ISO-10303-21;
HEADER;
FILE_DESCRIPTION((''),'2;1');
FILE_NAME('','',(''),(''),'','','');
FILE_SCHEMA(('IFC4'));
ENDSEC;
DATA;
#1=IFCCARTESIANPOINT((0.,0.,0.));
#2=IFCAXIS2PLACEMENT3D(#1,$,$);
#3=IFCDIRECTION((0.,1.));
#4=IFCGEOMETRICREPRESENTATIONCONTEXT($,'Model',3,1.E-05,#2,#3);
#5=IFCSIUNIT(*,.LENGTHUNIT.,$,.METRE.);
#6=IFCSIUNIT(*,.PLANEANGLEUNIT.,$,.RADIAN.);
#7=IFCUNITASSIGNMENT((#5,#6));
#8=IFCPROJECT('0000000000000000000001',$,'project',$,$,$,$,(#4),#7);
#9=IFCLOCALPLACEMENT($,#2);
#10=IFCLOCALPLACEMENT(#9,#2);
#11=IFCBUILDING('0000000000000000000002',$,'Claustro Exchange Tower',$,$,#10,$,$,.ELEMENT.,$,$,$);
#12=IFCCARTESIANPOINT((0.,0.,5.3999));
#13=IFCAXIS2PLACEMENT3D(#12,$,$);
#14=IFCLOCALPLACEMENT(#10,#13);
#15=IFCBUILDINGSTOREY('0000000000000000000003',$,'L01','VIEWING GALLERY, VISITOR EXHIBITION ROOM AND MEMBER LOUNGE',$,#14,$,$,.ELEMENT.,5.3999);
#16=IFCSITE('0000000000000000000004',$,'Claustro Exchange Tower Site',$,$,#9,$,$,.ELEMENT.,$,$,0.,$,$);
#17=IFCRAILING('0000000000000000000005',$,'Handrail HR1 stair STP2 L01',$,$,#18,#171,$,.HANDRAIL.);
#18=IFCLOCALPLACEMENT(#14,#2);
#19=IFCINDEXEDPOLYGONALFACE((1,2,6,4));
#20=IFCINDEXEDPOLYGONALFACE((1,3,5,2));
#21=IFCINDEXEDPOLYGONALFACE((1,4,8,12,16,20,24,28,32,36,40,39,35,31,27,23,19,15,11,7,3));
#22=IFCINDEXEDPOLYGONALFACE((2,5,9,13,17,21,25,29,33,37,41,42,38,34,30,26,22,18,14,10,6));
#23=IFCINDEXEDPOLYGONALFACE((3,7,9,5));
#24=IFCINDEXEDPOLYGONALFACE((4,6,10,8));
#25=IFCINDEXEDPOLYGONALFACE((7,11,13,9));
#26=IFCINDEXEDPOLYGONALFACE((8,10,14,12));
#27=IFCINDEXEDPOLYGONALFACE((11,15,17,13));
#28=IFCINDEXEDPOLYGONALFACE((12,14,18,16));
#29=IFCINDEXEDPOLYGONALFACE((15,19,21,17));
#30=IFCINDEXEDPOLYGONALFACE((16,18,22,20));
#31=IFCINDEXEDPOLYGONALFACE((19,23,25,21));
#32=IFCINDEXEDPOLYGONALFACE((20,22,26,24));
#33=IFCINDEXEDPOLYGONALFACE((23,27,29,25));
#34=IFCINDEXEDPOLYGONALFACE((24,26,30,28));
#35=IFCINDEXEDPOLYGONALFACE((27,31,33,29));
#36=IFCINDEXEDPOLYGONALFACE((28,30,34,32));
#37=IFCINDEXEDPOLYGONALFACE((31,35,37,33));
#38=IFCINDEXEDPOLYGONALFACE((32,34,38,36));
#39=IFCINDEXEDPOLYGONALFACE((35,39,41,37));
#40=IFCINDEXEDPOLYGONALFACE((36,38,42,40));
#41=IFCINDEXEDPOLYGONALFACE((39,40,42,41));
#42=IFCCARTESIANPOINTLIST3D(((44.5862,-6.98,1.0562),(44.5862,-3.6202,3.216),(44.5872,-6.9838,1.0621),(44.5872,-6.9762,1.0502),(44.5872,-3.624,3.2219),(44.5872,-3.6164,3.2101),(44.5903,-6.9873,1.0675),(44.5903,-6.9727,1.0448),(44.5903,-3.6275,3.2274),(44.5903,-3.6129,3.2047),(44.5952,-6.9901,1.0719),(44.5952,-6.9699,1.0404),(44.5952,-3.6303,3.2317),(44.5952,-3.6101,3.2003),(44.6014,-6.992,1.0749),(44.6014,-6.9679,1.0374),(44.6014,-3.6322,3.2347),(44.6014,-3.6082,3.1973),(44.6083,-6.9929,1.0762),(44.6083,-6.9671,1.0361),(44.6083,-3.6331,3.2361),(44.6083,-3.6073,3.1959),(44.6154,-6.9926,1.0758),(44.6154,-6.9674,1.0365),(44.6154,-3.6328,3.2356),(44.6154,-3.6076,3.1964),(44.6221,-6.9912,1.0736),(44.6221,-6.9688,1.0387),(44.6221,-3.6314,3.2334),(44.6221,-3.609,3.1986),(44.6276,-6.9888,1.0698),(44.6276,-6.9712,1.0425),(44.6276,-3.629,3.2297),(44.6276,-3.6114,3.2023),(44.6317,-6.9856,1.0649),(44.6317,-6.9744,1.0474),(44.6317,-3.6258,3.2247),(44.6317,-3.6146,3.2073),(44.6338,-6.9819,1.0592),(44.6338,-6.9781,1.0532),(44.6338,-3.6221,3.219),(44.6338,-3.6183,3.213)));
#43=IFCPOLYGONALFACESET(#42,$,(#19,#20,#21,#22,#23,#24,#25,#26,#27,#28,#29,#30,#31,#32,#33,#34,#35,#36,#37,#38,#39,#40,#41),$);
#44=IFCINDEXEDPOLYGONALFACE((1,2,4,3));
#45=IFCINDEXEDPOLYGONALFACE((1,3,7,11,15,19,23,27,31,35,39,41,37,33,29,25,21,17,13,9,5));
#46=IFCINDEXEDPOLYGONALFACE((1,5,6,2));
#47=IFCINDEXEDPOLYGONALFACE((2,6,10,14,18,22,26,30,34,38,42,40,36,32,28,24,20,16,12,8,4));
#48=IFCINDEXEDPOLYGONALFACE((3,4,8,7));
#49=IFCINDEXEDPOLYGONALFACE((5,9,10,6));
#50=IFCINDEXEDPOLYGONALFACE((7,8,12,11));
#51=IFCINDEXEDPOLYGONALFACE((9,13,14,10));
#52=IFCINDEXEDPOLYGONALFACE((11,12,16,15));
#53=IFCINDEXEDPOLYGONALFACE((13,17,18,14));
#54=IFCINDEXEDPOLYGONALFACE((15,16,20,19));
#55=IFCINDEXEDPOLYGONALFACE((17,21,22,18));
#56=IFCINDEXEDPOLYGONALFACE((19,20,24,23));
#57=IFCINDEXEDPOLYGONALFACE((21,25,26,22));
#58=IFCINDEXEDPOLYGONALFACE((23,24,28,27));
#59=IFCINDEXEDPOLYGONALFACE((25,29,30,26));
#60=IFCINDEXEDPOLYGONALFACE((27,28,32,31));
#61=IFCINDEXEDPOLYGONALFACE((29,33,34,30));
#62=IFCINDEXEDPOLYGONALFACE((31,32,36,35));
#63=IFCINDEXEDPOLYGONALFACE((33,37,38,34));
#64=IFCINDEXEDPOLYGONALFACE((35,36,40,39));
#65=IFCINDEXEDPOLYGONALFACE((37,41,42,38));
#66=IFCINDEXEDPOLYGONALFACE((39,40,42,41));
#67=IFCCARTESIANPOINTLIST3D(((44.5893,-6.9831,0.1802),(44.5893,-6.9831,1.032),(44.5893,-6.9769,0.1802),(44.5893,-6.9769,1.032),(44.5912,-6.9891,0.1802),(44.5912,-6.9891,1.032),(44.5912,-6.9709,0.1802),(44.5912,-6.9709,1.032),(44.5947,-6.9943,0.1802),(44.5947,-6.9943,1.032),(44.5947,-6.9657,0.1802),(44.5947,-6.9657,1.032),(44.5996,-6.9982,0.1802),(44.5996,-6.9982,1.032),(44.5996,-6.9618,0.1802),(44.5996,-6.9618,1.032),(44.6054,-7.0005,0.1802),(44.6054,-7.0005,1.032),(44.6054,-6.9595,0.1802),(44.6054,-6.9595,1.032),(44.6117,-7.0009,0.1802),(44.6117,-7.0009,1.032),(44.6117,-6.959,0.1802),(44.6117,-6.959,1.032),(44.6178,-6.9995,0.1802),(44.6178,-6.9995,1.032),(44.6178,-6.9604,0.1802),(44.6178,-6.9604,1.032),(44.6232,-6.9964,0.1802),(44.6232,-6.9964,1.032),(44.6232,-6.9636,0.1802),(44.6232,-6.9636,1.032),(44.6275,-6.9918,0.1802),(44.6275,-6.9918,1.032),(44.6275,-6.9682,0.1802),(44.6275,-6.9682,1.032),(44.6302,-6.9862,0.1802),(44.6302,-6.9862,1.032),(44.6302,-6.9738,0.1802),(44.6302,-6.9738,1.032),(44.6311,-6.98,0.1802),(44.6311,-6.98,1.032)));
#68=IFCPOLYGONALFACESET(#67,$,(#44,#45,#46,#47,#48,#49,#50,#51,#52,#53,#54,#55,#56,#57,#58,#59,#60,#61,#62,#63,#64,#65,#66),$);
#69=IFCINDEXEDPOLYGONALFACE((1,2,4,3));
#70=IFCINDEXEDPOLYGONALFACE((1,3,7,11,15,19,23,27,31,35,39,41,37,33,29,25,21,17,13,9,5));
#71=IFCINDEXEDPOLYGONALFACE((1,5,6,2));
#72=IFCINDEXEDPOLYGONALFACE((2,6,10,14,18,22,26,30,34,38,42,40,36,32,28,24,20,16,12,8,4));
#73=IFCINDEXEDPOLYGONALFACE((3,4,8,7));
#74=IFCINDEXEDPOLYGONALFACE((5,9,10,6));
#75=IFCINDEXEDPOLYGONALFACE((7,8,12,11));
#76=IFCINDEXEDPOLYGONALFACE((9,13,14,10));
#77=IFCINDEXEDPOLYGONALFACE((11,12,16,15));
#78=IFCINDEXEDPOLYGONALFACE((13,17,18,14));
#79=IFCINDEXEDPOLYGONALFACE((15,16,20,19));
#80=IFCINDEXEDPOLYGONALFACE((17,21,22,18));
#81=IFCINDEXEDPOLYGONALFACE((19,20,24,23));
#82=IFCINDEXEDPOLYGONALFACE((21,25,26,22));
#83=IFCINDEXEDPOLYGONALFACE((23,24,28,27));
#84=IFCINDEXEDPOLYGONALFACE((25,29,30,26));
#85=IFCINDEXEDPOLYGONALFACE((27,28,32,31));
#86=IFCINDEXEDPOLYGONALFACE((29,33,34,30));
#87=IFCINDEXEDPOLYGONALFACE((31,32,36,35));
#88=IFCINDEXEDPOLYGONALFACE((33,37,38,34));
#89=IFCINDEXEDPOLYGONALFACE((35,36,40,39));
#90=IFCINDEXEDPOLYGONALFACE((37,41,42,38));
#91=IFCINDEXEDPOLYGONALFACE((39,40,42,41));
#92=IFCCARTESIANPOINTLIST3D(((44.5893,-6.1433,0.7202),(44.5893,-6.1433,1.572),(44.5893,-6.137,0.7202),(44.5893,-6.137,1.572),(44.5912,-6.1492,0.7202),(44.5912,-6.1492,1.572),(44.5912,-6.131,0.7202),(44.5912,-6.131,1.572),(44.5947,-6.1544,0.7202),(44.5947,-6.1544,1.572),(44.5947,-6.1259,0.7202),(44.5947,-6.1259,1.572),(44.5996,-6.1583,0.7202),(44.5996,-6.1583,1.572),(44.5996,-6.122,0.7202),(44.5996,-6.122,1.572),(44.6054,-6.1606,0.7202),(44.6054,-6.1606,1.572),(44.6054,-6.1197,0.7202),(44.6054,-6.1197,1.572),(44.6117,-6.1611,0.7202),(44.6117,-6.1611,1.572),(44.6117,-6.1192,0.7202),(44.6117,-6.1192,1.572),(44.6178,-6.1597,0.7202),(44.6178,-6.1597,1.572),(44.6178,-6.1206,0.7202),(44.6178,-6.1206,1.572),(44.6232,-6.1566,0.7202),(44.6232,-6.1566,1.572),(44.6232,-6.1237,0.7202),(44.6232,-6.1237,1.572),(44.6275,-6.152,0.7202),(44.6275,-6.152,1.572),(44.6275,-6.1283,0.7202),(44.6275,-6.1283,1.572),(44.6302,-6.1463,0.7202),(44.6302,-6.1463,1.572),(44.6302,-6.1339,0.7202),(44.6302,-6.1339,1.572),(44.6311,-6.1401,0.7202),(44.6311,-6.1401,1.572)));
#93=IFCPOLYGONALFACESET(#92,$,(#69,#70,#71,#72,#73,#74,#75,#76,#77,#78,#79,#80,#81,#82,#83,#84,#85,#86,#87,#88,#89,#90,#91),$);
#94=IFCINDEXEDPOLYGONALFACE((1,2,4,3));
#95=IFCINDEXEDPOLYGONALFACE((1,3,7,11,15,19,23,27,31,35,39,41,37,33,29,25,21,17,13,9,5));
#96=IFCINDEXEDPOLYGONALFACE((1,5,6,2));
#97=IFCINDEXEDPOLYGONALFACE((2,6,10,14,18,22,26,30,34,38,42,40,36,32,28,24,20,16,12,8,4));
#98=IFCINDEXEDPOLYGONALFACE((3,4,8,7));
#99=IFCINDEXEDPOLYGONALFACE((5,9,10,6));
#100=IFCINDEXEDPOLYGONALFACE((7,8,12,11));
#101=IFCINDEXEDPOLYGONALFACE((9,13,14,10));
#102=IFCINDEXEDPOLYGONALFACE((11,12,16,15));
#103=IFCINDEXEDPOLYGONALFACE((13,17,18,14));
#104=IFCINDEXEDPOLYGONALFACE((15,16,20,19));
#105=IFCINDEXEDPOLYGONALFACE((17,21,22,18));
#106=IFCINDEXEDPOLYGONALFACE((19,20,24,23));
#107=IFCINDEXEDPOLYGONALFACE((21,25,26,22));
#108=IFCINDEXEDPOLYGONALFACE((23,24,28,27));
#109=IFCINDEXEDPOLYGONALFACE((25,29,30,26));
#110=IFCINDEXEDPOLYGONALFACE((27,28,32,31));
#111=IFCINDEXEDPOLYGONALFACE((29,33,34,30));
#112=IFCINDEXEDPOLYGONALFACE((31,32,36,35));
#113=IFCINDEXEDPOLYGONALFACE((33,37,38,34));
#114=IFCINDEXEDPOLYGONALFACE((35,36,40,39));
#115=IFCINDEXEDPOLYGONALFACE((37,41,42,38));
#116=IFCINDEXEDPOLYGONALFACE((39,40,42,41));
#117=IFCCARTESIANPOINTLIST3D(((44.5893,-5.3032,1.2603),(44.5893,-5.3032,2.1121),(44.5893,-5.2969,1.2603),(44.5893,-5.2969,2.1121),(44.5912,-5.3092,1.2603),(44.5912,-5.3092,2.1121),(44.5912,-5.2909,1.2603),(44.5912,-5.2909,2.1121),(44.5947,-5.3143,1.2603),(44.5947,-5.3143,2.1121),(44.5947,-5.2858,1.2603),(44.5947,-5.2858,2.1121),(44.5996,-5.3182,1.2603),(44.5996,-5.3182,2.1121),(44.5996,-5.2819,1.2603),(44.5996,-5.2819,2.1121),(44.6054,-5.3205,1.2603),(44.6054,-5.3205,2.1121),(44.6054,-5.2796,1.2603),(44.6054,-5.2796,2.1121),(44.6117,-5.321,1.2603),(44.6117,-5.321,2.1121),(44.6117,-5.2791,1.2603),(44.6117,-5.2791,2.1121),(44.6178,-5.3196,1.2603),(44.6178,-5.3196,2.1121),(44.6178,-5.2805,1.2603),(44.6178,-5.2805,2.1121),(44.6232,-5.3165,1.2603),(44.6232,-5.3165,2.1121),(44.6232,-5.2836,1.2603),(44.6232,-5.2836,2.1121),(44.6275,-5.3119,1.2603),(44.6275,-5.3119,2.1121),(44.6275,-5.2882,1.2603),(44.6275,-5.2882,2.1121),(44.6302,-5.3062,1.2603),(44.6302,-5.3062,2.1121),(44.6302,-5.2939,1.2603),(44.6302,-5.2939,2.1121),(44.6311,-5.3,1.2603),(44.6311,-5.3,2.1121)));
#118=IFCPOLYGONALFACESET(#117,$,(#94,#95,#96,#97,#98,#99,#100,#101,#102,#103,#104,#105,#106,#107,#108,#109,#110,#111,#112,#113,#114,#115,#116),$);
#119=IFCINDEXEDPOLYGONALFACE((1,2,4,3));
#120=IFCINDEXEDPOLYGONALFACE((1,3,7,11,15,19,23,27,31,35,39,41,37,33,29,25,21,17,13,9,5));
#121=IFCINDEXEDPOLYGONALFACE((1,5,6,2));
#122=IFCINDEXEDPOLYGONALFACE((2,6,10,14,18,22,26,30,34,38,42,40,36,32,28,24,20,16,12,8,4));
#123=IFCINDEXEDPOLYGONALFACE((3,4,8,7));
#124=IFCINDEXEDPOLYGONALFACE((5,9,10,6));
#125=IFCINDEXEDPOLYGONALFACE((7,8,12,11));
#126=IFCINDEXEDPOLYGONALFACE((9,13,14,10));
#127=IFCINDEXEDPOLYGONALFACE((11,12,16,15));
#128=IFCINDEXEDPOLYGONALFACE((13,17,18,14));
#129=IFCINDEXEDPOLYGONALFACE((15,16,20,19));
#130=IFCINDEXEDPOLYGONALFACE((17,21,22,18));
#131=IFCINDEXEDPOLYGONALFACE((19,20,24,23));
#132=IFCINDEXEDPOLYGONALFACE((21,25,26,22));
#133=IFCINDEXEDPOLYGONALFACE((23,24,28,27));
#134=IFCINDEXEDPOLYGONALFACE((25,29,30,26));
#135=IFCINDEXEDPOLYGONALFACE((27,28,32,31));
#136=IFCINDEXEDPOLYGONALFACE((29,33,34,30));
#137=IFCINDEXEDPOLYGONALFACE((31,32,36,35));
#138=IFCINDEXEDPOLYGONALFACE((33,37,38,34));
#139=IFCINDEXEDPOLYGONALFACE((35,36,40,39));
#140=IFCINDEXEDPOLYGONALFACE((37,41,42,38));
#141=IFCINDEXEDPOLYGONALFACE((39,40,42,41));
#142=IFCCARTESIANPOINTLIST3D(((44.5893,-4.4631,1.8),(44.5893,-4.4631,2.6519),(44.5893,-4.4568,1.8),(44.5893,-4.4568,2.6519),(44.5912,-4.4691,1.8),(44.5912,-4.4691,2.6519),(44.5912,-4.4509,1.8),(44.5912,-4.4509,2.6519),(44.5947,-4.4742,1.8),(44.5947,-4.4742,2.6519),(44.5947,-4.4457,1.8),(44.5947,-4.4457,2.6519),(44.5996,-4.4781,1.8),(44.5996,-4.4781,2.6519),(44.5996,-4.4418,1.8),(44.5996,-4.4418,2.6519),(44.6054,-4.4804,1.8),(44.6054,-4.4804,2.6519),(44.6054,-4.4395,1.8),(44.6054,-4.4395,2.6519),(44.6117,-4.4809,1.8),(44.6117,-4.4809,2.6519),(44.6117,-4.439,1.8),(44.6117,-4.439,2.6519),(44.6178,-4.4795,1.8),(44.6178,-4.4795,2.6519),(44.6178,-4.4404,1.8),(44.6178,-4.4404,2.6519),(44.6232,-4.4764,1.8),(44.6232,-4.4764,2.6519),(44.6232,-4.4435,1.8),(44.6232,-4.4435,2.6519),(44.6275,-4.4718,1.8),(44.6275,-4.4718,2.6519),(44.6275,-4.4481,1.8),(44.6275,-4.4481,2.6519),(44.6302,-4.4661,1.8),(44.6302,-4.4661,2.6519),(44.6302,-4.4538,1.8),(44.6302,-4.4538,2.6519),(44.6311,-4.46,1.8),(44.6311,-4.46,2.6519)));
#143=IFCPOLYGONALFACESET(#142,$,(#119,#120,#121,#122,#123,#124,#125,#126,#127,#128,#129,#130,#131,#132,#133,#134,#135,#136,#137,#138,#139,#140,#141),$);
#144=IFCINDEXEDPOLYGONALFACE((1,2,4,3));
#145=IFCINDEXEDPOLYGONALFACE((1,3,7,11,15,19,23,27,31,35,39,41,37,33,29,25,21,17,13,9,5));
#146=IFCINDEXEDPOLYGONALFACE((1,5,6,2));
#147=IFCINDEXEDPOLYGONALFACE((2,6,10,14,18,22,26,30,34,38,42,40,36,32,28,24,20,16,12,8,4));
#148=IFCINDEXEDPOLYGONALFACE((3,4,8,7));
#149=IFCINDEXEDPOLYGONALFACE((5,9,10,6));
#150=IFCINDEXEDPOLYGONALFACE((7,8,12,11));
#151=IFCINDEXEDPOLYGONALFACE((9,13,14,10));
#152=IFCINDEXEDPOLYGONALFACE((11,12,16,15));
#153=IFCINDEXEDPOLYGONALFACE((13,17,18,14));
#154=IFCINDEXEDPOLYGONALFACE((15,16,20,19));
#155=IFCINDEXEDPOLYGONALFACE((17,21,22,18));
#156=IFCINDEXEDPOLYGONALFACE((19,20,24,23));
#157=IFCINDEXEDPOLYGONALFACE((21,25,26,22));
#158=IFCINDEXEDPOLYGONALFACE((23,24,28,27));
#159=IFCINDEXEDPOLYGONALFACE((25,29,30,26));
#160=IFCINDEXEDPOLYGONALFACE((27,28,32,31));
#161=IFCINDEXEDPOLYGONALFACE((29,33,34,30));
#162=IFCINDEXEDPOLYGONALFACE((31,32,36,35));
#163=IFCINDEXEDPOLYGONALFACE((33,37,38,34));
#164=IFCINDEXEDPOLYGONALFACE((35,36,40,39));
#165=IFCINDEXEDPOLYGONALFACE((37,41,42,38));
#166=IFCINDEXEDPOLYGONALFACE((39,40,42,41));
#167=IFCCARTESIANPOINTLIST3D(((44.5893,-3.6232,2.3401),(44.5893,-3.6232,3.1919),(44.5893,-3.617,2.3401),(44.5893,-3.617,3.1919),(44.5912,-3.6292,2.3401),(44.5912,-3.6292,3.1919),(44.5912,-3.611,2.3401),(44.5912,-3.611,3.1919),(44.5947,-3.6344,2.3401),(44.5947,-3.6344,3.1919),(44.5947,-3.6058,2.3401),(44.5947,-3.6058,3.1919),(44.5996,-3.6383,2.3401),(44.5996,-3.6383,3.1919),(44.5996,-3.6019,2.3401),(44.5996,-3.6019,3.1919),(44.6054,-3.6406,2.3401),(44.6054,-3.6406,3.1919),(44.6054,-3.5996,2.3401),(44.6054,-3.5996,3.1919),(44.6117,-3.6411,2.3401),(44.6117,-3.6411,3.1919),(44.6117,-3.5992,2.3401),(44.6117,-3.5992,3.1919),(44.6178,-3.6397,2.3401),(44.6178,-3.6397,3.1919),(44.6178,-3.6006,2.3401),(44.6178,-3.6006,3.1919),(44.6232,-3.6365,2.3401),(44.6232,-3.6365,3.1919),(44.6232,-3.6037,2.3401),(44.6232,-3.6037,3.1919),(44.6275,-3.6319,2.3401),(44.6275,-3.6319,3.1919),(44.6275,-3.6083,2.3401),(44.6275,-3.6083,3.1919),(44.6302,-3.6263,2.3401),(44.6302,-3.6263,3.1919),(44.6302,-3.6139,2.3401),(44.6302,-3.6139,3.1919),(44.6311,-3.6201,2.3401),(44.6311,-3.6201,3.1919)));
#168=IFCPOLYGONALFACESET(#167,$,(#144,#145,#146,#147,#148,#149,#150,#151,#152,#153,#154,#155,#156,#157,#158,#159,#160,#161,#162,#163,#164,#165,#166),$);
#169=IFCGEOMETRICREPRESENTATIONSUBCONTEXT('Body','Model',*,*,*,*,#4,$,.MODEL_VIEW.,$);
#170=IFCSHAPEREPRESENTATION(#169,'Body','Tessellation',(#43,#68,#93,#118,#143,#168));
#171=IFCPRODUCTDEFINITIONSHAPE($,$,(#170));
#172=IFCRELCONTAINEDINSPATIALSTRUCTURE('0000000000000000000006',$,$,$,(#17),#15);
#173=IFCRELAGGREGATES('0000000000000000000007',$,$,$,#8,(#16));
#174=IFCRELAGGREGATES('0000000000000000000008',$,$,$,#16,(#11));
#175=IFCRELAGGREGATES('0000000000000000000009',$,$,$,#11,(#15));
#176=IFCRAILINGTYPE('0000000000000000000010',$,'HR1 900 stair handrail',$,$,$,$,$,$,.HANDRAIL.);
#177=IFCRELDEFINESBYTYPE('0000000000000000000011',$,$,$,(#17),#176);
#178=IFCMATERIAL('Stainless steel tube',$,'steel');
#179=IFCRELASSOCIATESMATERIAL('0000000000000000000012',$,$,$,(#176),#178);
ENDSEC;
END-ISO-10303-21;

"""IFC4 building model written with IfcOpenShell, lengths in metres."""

from ifc_helpers import new_model, si_unit, direction, frame, origin, origin_2d, place, context, subcontext, project, spatial, circle, extrude, material, type_object, element, save


model = new_model("IFC4")

# Units and contexts
model_context = context("Model", 3, precision=1e-05, world=origin(), true_north=direction((0.0, 1.0)))
body_context = subcontext(model_context, "Body", "Model", "MODEL_VIEW")
ifc_project = project(units=[si_unit("LENGTHUNIT", "METRE"), si_unit("PLANEANGLEUNIT", "RADIAN")], contexts=[model_context])

# Site, building, storey
site_placement = place(None, origin())
site = spatial("IfcSite", under=ifc_project, at=site_placement, Name="Claustro Exchange Tower Site", CompositionType="ELEMENT", RefElevation=0.0)
building_placement = place(site_placement, origin())
building = spatial("IfcBuilding", under=site, at=building_placement, Name="Claustro Exchange Tower", CompositionType="ELEMENT")
storey_placement = place(building_placement, frame((0.0, 0.0, 5.3999)))
storey = spatial("IfcBuildingStorey", under=building, at=storey_placement, Name="L01", Description="VIEWING GALLERY, VISITOR EXHIBITION ROOM AND MEMBER LOUNGE", CompositionType="ELEMENT", Elevation=5.3999)

# Railing
ifc_material_1 = material(Name="Stainless steel tube", Category="steel")
railing_type_1 = type_object("IfcRailingType", Name="HR1 900 stair handrail", PredefinedType="HANDRAIL", material=ifc_material_1)
railing_1_placement = place(storey_placement, frame((44.6101, -6.98, 0.1802)))
element("IfcRailing", 1, at=railing_1_placement, inside=storey, type_object=railing_type_1, Name="Handrail HR1 stair STP2 L01", PredefinedType="HANDRAIL", context=body_context, shape_type="SweptSolid", body=[
    extrude(circle(Radius=0.0239, at=origin_2d()), frame((0.0, 0.0, 0.876), z_axis=(0.0, 0.841178, 0.540758), x_axis=(-1.0, 0.0, 0.0)), (0.0, 0.0, 1.0), 3.9941),
    extrude(circle(Radius=0.021, at=origin_2d()), origin(), (0.0, 0.0, 1.0), 0.8518),
    extrude(circle(Radius=0.021, at=origin_2d()), frame((0.0, 0.8398, 0.54)), (0.0, 0.0, 1.0), 0.8518),
    extrude(circle(Radius=0.021, at=origin_2d()), frame((0.0, 1.6799, 1.0801)), (0.0, 0.0, 1.0), 0.8518),
    extrude(circle(Radius=0.021, at=origin_2d()), frame((0.0, 2.52, 1.6199)), (0.0, 0.0, 1.0), 0.8518),
    extrude(circle(Radius=0.021, at=origin_2d()), frame((0.0, 3.3599, 2.1599)), (0.0, 0.0, 1.0), 0.8518),
])

save(model, "model.ifc")
